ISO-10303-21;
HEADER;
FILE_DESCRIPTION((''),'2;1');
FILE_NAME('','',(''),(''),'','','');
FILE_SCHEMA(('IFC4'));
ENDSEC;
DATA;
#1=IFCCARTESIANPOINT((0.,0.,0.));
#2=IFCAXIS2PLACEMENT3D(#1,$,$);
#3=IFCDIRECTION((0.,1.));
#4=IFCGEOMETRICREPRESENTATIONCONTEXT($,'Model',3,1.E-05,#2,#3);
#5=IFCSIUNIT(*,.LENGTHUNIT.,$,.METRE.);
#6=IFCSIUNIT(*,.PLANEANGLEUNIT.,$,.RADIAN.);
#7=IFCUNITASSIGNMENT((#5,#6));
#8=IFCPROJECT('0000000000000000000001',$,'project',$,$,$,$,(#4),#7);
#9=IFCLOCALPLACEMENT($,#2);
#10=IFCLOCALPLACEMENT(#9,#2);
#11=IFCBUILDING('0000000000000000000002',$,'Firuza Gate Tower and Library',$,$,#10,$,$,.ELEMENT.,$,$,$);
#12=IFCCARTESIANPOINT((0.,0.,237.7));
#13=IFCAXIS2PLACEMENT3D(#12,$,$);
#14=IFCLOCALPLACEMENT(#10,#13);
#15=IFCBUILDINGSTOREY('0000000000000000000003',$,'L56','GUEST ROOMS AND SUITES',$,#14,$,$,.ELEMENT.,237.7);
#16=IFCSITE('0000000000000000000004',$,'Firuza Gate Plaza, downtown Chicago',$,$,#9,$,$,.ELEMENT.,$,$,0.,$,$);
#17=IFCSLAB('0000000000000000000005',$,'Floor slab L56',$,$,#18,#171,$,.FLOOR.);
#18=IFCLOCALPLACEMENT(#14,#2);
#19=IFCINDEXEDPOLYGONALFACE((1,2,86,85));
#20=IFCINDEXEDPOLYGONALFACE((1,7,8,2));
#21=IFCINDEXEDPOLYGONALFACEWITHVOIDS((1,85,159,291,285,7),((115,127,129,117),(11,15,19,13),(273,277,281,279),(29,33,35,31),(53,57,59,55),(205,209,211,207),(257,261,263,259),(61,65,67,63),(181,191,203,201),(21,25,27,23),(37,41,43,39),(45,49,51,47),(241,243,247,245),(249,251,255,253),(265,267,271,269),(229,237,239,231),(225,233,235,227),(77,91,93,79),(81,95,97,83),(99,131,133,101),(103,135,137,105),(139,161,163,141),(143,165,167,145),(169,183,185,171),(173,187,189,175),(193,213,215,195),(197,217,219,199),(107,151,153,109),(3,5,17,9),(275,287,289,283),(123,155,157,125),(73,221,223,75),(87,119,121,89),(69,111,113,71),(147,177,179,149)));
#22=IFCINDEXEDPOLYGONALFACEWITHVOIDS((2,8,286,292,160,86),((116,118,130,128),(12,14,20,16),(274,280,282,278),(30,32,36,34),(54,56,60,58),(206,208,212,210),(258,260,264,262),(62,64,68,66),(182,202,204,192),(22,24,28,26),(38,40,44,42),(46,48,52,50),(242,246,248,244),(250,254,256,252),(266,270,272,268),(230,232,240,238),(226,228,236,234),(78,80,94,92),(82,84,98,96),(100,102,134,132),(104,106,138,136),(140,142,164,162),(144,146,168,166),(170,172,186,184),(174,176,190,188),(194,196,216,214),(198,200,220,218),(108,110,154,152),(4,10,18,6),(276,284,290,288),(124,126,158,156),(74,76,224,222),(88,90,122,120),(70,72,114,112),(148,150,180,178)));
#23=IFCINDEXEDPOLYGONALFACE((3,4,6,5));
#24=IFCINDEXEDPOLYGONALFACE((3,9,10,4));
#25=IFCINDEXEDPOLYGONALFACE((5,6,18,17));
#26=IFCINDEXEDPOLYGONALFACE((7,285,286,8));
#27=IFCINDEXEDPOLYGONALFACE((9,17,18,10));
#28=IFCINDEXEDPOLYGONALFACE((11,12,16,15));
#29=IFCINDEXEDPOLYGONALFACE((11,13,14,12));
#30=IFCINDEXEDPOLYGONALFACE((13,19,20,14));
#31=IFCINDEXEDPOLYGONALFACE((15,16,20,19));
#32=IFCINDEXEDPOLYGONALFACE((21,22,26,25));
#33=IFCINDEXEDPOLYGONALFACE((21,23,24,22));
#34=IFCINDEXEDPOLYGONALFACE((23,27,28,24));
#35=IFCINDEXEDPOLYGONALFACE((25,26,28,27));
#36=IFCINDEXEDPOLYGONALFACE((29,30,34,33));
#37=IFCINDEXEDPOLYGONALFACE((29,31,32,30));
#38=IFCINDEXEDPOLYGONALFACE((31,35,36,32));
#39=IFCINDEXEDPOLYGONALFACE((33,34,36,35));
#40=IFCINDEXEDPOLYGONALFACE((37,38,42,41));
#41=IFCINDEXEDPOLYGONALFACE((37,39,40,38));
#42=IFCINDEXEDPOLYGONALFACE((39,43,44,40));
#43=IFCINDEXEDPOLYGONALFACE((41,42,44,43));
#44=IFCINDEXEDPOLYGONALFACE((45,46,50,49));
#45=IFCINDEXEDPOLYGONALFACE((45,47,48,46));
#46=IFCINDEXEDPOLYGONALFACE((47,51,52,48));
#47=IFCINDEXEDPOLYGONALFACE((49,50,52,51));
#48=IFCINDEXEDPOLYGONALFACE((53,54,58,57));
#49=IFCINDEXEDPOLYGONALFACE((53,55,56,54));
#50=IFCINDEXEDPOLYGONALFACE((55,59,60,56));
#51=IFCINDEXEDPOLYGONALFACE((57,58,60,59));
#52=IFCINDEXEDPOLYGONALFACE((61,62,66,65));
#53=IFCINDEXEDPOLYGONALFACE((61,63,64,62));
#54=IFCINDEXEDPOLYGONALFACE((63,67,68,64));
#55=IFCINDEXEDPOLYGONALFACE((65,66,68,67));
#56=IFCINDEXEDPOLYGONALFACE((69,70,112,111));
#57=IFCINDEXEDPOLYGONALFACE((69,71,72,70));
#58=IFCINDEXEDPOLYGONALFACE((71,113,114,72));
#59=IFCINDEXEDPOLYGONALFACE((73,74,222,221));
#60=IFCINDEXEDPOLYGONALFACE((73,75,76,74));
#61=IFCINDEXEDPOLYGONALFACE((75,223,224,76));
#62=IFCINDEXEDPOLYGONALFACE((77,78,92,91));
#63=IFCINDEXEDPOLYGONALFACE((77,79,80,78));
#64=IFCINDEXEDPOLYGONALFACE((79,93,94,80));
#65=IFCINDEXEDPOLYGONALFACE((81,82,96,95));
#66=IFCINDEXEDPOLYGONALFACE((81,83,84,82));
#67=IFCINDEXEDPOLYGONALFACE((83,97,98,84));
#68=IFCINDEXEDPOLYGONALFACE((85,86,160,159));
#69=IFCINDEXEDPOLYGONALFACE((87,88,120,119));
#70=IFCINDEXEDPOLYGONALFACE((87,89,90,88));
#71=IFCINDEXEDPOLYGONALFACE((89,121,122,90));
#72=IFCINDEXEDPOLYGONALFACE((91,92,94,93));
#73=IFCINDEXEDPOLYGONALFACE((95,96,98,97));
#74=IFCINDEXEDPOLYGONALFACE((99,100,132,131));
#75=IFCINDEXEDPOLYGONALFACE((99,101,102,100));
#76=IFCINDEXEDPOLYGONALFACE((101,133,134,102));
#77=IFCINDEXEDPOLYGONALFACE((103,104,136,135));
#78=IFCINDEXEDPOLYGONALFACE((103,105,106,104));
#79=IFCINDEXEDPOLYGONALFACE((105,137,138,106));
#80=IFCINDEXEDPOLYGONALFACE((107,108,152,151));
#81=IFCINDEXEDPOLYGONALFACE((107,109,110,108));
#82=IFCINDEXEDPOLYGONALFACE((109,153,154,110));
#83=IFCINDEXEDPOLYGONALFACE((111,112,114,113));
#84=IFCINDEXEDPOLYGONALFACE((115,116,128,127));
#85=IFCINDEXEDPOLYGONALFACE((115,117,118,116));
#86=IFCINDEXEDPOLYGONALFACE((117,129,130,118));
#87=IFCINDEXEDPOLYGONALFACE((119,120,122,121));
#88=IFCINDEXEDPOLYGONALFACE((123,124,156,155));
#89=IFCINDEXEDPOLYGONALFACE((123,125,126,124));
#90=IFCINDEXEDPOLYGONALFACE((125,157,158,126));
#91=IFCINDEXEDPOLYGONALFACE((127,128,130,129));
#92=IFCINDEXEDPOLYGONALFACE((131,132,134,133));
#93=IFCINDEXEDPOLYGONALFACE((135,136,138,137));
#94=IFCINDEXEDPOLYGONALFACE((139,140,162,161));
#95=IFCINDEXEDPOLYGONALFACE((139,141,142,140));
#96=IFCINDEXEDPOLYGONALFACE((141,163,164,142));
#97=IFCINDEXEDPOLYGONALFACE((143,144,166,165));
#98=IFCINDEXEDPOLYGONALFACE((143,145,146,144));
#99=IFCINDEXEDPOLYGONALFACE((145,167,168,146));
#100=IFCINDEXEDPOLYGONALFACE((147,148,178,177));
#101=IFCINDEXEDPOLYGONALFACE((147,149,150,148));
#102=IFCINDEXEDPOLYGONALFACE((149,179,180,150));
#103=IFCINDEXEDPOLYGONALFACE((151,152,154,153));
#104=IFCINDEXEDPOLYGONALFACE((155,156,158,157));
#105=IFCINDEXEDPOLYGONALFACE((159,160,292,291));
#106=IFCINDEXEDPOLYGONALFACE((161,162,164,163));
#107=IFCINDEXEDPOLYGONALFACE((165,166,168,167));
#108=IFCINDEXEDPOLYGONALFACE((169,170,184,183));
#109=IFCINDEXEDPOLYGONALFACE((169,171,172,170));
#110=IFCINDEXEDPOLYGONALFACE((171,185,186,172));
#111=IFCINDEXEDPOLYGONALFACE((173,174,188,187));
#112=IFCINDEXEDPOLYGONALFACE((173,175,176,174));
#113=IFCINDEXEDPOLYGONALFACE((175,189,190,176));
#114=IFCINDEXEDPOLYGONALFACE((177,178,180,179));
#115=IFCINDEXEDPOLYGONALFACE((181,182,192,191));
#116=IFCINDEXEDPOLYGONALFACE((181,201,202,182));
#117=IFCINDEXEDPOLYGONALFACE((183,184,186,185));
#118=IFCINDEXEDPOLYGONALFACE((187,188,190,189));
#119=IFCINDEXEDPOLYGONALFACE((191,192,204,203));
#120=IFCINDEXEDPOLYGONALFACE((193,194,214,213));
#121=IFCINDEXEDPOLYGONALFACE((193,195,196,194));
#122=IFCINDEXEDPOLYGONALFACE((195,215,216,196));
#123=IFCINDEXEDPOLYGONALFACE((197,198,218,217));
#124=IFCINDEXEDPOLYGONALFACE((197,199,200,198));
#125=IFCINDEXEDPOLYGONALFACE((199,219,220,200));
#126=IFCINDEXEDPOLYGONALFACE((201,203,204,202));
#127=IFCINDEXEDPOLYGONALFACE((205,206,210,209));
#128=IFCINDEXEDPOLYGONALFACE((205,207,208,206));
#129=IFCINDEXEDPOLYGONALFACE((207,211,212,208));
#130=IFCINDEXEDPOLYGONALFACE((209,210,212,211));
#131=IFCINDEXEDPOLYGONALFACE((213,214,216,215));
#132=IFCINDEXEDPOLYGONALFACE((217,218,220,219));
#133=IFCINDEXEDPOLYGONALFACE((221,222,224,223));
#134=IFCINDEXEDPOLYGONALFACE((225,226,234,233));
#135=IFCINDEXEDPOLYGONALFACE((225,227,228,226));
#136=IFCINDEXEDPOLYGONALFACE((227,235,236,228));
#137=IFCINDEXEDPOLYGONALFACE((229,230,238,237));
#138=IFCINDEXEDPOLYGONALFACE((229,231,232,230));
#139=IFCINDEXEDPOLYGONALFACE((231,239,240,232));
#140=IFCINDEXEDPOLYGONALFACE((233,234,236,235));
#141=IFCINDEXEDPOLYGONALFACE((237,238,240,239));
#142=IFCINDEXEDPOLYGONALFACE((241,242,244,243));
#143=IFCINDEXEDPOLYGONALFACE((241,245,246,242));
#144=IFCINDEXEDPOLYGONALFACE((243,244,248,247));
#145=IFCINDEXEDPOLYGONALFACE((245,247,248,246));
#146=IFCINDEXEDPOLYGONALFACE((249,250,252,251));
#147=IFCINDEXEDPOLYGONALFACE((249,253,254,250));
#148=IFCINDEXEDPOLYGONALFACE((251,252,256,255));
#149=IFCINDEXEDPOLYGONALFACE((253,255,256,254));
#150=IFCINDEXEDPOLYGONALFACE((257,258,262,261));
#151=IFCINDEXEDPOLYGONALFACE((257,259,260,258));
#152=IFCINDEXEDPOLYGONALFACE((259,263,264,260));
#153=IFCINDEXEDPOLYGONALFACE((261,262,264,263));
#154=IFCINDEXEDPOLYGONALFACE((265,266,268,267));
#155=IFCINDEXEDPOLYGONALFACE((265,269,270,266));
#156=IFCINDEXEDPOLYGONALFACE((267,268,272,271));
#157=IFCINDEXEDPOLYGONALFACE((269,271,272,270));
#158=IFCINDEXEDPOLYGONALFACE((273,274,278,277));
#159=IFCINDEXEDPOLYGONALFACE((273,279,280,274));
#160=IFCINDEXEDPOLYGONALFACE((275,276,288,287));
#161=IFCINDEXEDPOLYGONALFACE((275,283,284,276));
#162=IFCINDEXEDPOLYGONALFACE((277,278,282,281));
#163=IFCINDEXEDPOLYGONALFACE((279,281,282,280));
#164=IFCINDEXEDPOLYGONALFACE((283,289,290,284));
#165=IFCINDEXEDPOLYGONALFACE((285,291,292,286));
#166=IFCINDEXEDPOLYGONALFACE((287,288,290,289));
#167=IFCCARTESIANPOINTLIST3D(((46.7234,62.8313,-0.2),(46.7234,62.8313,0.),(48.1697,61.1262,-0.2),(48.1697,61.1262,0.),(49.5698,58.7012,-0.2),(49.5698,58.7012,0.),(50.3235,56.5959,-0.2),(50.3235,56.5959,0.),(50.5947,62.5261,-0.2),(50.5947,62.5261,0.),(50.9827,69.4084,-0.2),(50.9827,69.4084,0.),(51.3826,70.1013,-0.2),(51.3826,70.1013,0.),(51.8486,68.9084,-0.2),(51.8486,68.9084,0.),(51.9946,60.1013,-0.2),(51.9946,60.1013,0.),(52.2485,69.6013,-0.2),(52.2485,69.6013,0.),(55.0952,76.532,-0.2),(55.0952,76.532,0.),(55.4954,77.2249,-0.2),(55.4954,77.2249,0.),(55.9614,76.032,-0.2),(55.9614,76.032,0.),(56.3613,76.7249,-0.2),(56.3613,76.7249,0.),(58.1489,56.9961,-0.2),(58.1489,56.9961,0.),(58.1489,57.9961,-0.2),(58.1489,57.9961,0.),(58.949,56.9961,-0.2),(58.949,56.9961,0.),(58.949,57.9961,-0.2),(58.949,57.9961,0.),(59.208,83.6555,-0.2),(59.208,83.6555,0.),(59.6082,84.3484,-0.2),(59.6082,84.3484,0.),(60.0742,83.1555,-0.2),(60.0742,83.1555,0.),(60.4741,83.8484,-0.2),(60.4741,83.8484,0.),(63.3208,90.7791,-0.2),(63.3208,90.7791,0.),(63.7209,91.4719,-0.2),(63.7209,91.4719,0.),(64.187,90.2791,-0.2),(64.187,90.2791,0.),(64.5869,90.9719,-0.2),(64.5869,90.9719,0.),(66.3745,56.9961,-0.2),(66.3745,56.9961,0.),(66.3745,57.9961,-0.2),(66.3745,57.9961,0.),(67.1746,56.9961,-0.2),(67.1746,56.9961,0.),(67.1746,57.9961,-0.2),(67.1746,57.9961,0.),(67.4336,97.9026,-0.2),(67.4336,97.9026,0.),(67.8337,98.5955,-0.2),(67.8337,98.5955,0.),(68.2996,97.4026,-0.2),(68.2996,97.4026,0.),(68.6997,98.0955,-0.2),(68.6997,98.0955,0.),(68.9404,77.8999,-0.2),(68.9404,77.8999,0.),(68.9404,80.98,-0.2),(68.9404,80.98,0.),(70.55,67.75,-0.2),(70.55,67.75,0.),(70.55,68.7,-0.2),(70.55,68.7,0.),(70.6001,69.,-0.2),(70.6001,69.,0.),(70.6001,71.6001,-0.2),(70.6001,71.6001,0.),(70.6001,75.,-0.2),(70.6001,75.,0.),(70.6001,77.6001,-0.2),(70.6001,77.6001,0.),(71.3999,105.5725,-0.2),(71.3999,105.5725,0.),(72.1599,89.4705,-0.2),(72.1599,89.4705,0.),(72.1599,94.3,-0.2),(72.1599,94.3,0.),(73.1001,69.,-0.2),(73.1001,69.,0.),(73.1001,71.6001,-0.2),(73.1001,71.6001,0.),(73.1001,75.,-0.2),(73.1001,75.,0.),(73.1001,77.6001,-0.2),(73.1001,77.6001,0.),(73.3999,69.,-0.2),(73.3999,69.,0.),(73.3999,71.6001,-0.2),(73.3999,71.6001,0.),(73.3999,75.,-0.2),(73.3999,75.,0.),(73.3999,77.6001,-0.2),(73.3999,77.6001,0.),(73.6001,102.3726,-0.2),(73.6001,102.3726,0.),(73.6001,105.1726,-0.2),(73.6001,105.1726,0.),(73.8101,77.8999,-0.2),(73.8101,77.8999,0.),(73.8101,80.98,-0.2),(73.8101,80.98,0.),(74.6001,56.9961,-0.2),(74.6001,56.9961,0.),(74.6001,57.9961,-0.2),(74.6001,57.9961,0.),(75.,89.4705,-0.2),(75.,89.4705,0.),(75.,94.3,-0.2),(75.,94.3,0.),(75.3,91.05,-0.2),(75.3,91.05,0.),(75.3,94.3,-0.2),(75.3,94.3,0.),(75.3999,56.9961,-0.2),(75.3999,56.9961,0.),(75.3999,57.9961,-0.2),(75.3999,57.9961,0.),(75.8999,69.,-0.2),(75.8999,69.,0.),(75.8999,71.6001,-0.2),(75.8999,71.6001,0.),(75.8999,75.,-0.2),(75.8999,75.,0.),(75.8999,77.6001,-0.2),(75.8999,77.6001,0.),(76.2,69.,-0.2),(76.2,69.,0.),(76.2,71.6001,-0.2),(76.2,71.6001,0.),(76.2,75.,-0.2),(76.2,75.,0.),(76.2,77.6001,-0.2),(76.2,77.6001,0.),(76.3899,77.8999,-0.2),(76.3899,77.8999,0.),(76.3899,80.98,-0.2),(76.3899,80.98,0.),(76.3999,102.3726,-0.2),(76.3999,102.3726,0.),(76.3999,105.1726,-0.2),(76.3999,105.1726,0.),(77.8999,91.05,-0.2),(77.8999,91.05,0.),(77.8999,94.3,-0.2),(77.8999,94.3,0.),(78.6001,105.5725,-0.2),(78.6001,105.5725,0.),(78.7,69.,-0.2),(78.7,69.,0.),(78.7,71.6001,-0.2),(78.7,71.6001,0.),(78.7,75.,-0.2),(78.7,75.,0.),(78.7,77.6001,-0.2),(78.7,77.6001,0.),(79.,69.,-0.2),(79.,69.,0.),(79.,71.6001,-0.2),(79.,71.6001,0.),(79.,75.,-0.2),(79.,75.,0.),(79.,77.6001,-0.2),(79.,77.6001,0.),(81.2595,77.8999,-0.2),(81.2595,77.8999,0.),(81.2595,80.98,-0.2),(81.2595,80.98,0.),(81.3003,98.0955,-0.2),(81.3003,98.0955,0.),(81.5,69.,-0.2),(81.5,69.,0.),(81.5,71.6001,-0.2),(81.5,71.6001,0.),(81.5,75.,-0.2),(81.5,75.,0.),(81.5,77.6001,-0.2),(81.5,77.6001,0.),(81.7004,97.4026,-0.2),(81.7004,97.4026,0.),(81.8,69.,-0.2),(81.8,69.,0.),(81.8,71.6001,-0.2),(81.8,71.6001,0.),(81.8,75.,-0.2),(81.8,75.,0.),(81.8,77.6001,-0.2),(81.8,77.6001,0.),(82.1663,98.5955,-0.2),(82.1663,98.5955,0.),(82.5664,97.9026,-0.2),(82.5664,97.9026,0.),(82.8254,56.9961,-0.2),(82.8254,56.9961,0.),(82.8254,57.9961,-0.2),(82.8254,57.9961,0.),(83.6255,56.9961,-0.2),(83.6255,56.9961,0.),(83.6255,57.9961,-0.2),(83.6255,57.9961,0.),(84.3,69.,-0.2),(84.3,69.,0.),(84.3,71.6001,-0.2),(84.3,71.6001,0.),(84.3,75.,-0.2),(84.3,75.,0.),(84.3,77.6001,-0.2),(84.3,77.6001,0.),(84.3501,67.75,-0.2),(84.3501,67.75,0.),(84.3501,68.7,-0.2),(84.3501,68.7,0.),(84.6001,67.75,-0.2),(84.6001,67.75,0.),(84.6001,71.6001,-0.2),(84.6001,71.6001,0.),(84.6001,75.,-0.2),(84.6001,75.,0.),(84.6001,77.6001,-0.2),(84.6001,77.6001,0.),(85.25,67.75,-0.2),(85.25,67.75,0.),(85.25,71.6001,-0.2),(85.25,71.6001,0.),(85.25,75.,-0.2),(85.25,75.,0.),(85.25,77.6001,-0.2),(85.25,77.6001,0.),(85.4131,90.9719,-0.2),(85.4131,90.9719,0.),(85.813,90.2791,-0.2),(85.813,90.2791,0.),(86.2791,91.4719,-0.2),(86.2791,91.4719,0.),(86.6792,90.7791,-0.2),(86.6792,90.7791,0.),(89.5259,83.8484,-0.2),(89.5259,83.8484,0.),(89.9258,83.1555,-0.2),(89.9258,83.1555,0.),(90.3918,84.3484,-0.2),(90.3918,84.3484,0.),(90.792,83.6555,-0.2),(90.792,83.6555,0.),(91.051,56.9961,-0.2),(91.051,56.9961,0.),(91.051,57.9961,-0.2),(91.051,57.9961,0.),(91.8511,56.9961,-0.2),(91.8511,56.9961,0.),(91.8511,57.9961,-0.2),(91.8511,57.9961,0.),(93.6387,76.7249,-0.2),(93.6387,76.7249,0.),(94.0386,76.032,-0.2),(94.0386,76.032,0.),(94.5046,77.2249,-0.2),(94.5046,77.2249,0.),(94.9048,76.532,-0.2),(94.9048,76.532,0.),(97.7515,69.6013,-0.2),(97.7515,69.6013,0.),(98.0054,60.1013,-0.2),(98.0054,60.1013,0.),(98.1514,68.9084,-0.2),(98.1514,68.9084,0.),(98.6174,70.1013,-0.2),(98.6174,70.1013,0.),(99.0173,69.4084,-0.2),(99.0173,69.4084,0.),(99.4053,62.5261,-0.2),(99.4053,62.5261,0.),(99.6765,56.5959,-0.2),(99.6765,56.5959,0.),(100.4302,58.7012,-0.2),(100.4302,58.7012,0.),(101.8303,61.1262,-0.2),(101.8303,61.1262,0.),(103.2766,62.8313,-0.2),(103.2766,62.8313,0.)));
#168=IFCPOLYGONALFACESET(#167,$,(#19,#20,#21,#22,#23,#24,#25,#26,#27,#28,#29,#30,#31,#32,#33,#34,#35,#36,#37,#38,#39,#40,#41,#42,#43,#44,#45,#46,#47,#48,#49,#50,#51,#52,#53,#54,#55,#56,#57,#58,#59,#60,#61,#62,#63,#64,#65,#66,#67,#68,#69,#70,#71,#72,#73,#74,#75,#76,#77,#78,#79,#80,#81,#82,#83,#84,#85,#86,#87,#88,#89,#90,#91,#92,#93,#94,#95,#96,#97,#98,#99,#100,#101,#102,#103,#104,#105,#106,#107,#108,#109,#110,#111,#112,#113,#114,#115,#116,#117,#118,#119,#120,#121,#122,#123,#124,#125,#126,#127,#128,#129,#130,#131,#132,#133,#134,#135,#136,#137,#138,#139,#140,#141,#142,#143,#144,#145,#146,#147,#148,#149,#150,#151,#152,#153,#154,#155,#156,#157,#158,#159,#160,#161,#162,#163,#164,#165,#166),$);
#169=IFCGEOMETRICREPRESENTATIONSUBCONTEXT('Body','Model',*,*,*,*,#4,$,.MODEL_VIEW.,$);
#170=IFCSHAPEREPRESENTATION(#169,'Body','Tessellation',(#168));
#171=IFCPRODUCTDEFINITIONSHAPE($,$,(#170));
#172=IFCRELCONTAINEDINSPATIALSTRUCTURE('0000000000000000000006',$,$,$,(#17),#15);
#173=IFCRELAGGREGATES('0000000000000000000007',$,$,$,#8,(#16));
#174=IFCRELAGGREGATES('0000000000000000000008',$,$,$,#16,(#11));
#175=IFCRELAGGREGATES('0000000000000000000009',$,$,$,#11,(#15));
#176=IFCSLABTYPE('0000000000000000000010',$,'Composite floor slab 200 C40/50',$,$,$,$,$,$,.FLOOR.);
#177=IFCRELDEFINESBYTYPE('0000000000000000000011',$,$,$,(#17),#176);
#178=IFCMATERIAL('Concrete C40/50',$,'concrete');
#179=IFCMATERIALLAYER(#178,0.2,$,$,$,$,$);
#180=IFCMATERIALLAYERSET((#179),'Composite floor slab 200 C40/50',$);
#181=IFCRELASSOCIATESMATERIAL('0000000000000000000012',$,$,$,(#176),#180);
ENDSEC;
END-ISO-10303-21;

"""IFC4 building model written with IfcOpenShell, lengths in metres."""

from ifc_helpers import new_model, si_unit, direction, frame, origin, place, context, subcontext, project, spatial, polyline, outline, extrude, material, layer, layer_set, type_object, element, save


model = new_model("IFC4")

# Units and contexts
model_context = context("Model", 3, precision=1e-05, world=origin(), true_north=direction((0.0, 1.0)))
body_context = subcontext(model_context, "Body", "Model", "MODEL_VIEW")
ifc_project = project(units=[si_unit("LENGTHUNIT", "METRE"), si_unit("PLANEANGLEUNIT", "RADIAN")], contexts=[model_context])

# Site, building, storey
site_placement = place(None, origin())
site = spatial("IfcSite", under=ifc_project, at=site_placement, Name="Firuza Gate Plaza, downtown Chicago", CompositionType="ELEMENT", RefElevation=0.0)
building_placement = place(site_placement, origin())
building = spatial("IfcBuilding", under=site, at=building_placement, Name="Firuza Gate Tower and Library", CompositionType="ELEMENT")
storey_placement = place(building_placement, frame((0.0, 0.0, 237.7)))
storey = spatial("IfcBuildingStorey", under=building, at=storey_placement, Name="L56", Description="GUEST ROOMS AND SUITES", CompositionType="ELEMENT", Elevation=237.7)

# Slab
ifc_material_1 = material(Name="Concrete C40/50", Category="concrete")
ifc_layer_1 = layer(ifc_material_1, 0.2)
ifc_layer_set_1 = layer_set([ifc_layer_1], Name="Composite floor slab 200 C40/50")
slab_type_1 = type_object("IfcSlabType", Name="Composite floor slab 200 C40/50", PredefinedType="FLOOR", material=ifc_layer_set_1)
slab_1_placement = place(storey_placement, frame((0.0, 0.0, -0.2)))
element("IfcSlab", 1, at=slab_1_placement, inside=storey, type_object=slab_type_1, Name="Floor slab L56", PredefinedType="FLOOR", context=body_context, shape_type="SweptSolid", body=[
    extrude(outline(polyline([(46.7234, 62.8313), (50.3235, 56.5959), (99.6765, 56.5959), (103.2766, 62.8313), (78.6001, 105.5725), (71.3999, 105.5725), (46.7234, 62.8313)]), holes=[polyline([(58.1489, 56.9961), (58.1489, 57.9961), (58.949, 57.9961), (58.949, 56.9961), (58.1489, 56.9961)]), polyline([(74.6001, 56.9961), (74.6001, 57.9961), (75.3999, 57.9961), (75.3999, 56.9961), (74.6001, 56.9961)]), polyline([(66.3745, 56.9961), (66.3745, 57.9961), (67.1746, 57.9961), (67.1746, 56.9961), (66.3745, 56.9961)]), polyline([(48.1697, 61.1262), (50.5947, 62.5261), (51.9946, 60.1013), (49.5698, 58.7012), (48.1697, 61.1262)]), polyline([(84.3501, 67.75), (70.55, 67.75), (70.55, 68.7), (84.3501, 68.7), (84.3501, 67.75)]), polyline([(51.3826, 70.1013), (52.2485, 69.6013), (51.8486, 68.9084), (50.9827, 69.4084), (51.3826, 70.1013)]), polyline([(73.1001, 69.0), (70.6001, 69.0), (70.6001, 71.6001), (73.1001, 71.6001), (73.1001, 69.0)]), polyline([(75.8999, 69.0), (73.3999, 69.0), (73.3999, 71.6001), (75.8999, 71.6001), (75.8999, 69.0)]), polyline([(73.1001, 75.0), (70.6001, 75.0), (70.6001, 77.6001), (73.1001, 77.6001), (73.1001, 75.0)]), polyline([(75.8999, 75.0), (73.3999, 75.0), (73.3999, 77.6001), (75.8999, 77.6001), (75.8999, 75.0)]), polyline([(55.4954, 77.2249), (56.3613, 76.7249), (55.9614, 76.032), (55.0952, 76.532), (55.4954, 77.2249)]), polyline([(73.8101, 77.8999), (68.9404, 77.8999), (68.9404, 80.98), (73.8101, 80.98), (73.8101, 77.8999)]), polyline([(59.6082, 84.3484), (60.4741, 83.8484), (60.0742, 83.1555), (59.208, 83.6555), (59.6082, 84.3484)]), polyline([(63.7209, 91.4719), (64.5869, 90.9719), (64.187, 90.2791), (63.3208, 90.7791), (63.7209, 91.4719)]), polyline([(72.1599, 89.4705), (72.1599, 94.3), (75.0, 94.3), (75.0, 89.4705), (72.1599, 89.4705)]), polyline([(75.3, 91.05), (75.3, 94.3), (77.8999, 94.3), (77.8999, 91.05), (75.3, 91.05)]), polyline([(68.6997, 98.0955), (68.2996, 97.4026), (67.4336, 97.9026), (67.8337, 98.5955), (68.6997, 98.0955)]), polyline([(76.3999, 105.1726), (76.3999, 102.3726), (73.6001, 102.3726), (73.6001, 105.1726), (76.3999, 105.1726)]), polyline([(91.051, 56.9961), (91.051, 57.9961), (91.8511, 57.9961), (91.8511, 56.9961), (91.051, 56.9961)]), polyline([(82.8254, 56.9961), (82.8254, 57.9961), (83.6255, 57.9961), (83.6255, 56.9961), (82.8254, 56.9961)]), polyline([(100.4302, 58.7012), (98.0054, 60.1013), (99.4053, 62.5261), (101.8303, 61.1262), (100.4302, 58.7012)]), polyline([(99.0173, 69.4084), (98.1514, 68.9084), (97.7515, 69.6013), (98.6174, 70.1013), (99.0173, 69.4084)]), polyline([(85.25, 67.75), (84.6001, 67.75), (84.6001, 71.6001), (85.25, 71.6001), (85.25, 67.75)]), polyline([(81.5, 69.0), (79.0, 69.0), (79.0, 71.6001), (81.5, 71.6001), (81.5, 69.0)]), polyline([(81.8, 69.0), (81.8, 71.6001), (84.3, 71.6001), (84.3, 69.0), (81.8, 69.0)]), polyline([(76.2, 69.0), (76.2, 71.6001), (78.7, 71.6001), (78.7, 69.0), (76.2, 69.0)]), polyline([(81.5, 75.0), (79.0, 75.0), (79.0, 77.6001), (81.5, 77.6001), (81.5, 75.0)]), polyline([(84.3, 75.0), (81.8, 75.0), (81.8, 77.6001), (84.3, 77.6001), (84.3, 75.0)]), polyline([(85.25, 75.0), (84.6001, 75.0), (84.6001, 77.6001), (85.25, 77.6001), (85.25, 75.0)]), polyline([(78.7, 75.0), (76.2, 75.0), (76.2, 77.6001), (78.7, 77.6001), (78.7, 75.0)]), polyline([(94.9048, 76.532), (94.0386, 76.032), (93.6387, 76.7249), (94.5046, 77.2249), (94.9048, 76.532)]), polyline([(81.2595, 77.8999), (76.3899, 77.8999), (76.3899, 80.98), (81.2595, 80.98), (81.2595, 77.8999)]), polyline([(90.792, 83.6555), (89.9258, 83.1555), (89.5259, 83.8484), (90.3918, 84.3484), (90.792, 83.6555)]), polyline([(85.813, 90.2791), (85.4131, 90.9719), (86.2791, 91.4719), (86.6792, 90.7791), (85.813, 90.2791)]), polyline([(81.7004, 97.4026), (81.3003, 98.0955), (82.1663, 98.5955), (82.5664, 97.9026), (81.7004, 97.4026)])]), origin(), (0.0, 0.0, 1.0), 0.2),
])

save(model, "model.ifc")
